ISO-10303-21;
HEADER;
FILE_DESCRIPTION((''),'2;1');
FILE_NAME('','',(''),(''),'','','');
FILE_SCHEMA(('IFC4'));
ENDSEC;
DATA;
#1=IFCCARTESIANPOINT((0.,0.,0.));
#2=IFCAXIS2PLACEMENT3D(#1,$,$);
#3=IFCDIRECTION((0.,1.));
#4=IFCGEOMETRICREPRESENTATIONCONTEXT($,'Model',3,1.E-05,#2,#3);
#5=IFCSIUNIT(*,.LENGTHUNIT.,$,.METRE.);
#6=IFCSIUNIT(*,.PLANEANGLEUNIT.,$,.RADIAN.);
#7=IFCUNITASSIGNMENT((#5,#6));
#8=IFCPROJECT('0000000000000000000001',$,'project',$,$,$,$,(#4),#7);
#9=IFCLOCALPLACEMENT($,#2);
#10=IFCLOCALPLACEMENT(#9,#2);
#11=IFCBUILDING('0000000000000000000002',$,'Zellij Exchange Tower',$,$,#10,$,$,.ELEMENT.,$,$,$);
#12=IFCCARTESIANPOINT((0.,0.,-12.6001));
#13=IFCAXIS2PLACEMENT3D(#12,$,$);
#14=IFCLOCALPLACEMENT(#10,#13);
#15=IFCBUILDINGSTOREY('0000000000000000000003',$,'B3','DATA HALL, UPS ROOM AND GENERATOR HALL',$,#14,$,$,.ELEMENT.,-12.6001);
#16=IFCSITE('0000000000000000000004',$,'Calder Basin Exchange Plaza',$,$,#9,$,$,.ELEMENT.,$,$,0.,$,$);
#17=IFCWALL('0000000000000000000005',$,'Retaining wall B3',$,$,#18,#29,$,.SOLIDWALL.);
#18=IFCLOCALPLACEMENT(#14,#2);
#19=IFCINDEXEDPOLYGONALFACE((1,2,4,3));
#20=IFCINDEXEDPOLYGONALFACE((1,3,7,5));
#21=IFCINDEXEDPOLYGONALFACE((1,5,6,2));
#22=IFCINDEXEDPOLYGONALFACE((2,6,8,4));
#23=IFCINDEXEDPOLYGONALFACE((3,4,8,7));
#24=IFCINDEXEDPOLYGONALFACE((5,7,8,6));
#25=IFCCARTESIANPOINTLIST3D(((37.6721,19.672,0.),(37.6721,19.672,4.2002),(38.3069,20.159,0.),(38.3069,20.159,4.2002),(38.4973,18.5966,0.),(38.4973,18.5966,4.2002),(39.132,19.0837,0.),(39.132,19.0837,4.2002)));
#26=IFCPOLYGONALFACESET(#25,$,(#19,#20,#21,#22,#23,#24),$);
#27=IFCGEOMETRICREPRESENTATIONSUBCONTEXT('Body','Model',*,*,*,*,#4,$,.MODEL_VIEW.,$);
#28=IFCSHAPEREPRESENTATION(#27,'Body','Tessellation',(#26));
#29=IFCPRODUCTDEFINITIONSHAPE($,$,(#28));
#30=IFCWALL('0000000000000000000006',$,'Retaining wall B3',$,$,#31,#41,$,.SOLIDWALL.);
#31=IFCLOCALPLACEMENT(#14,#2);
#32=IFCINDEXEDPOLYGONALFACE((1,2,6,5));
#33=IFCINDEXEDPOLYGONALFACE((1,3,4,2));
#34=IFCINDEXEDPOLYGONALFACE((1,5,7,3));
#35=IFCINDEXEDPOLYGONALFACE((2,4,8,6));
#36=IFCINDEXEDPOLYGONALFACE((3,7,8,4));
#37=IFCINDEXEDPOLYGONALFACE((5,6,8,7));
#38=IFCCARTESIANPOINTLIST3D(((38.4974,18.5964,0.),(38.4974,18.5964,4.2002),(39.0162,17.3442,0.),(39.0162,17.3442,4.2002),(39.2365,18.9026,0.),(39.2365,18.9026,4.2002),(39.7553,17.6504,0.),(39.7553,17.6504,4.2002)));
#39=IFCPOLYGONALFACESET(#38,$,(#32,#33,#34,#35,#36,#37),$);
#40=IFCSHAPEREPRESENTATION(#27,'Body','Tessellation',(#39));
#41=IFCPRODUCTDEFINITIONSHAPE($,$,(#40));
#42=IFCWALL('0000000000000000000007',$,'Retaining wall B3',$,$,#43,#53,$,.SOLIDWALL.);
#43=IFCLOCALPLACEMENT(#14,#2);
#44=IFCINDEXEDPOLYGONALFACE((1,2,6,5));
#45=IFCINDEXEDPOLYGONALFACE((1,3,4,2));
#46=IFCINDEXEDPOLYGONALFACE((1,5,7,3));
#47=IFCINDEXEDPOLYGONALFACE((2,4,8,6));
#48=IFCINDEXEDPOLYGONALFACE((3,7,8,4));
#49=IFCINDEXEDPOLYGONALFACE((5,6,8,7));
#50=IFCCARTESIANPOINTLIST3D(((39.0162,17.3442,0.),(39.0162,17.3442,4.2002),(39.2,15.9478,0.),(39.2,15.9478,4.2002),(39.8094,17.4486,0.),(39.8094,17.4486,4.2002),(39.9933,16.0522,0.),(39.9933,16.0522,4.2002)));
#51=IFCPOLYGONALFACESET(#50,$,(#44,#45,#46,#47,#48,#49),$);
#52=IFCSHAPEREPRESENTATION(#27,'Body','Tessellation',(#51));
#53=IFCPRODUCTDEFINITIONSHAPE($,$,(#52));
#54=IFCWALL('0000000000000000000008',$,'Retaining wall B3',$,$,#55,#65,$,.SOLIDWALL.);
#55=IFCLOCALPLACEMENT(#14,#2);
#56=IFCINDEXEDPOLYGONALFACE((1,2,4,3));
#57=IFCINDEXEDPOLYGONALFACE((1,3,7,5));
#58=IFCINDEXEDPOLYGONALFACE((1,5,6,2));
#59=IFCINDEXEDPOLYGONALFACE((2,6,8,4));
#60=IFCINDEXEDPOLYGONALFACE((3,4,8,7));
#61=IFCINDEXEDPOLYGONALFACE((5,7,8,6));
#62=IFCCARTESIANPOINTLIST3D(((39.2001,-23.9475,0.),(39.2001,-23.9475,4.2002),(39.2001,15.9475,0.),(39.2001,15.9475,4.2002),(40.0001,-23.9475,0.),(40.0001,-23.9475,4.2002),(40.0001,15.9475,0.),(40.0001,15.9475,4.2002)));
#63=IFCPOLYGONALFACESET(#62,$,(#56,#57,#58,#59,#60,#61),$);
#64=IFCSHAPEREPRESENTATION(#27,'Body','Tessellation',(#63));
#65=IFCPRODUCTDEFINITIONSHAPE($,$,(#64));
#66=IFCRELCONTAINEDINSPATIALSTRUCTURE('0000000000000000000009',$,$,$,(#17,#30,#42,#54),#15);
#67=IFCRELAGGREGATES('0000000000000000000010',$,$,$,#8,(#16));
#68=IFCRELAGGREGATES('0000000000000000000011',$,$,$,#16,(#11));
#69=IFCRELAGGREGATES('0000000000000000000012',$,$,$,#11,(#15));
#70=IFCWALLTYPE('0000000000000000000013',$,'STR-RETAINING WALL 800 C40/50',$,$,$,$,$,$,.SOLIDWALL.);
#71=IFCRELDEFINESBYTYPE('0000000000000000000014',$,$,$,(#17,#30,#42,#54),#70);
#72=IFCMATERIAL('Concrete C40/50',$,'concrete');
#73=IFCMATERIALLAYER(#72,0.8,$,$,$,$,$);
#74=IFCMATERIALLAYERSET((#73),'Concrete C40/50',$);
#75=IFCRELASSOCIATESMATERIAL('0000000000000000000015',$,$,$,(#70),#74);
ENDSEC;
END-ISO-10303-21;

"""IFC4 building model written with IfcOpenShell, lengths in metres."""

from ifc_helpers import new_model, si_unit, direction, frame, frame_2d, origin, place, context, subcontext, project, spatial, rectangle, extrude, material, layer, layer_set, type_object, element, save


model = new_model("IFC4")

# Units and contexts
model_context = context("Model", 3, precision=1e-05, world=origin(), true_north=direction((0.0, 1.0)))
body_context = subcontext(model_context, "Body", "Model", "MODEL_VIEW")
ifc_project = project(units=[si_unit("LENGTHUNIT", "METRE"), si_unit("PLANEANGLEUNIT", "RADIAN")], contexts=[model_context])

# Site, building, storey
site_placement = place(None, origin())
site = spatial("IfcSite", under=ifc_project, at=site_placement, Name="Calder Basin Exchange Plaza", CompositionType="ELEMENT", RefElevation=0.0)
building_placement = place(site_placement, origin())
building = spatial("IfcBuilding", under=site, at=building_placement, Name="Zellij Exchange Tower", CompositionType="ELEMENT")
storey_placement = place(building_placement, frame((0.0, 0.0, -12.6001)))
storey = spatial("IfcBuildingStorey", under=building, at=storey_placement, Name="B3", Description="DATA HALL, UPS ROOM AND GENERATOR HALL", CompositionType="ELEMENT", Elevation=-12.6001)

# Shared definitions
ifc_material_1 = material(Name="Concrete C40/50", Category="concrete")

# Walls
ifc_layer_1 = layer(ifc_material_1, 0.8)
ifc_layer_set_1 = layer_set([ifc_layer_1], Name="Concrete C40/50")
wall_type_1 = type_object("IfcWallType", Name="STR-RETAINING WALL 800 C40/50", PredefinedType="SOLIDWALL", material=ifc_layer_set_1)
for number, where, z_axis, x_axis, name in (
    (1, (37.9895, 19.9155, 0.0), (0.0, 0.0, 1.0), (0.608753, -0.79336, 0.0), "Retaining wall B3"),
    (2, (38.8669, 18.7495, 0.0), (0.0, 0.0, 1.0), (0.38276, -0.923848, 0.0), "Retaining wall B3"),
):
    element("IfcWall", number, at=place(storey_placement, frame(where, z_axis=z_axis, x_axis=x_axis)), inside=storey, type_object=wall_type_1, Name=name, PredefinedType="SOLIDWALL", context=body_context, shape_type="SweptSolid", body=[
        extrude(rectangle(XDim=1.3555, YDim=0.8, at=frame_2d((0.6777, 0.0))), origin(), (0.0, 0.0, 1.0), 4.2002),
    ])
wall_1_placement = place(storey_placement, frame((39.4128, 17.3962, 0.0), z_axis=(0.0, 0.0, 1.0), x_axis=(0.130517, -0.991446, 0.0)))
element("IfcWall", 3, at=wall_1_placement, inside=storey, type_object=wall_type_1, Name="Retaining wall B3", PredefinedType="SOLIDWALL", context=body_context, shape_type="SweptSolid", body=[
    extrude(rectangle(XDim=1.4084, YDim=0.8, at=frame_2d((0.7041, 0.0))), origin(), (0.0, 0.0, 1.0), 4.2002),
])
wall_2_placement = place(storey_placement, frame((39.6001, 15.9475, 0.0), z_axis=(0.0, 0.0, 1.0), x_axis=(0.0, -1.0, 0.0)))
element("IfcWall", 4, at=wall_2_placement, inside=storey, type_object=wall_type_1, Name="Retaining wall B3", PredefinedType="SOLIDWALL", context=body_context, shape_type="SweptSolid", body=[
    extrude(rectangle(XDim=39.895, YDim=0.8, at=frame_2d((19.9475, 0.0))), origin(), (0.0, 0.0, 1.0), 4.2002),
])

save(model, "model.ifc")
